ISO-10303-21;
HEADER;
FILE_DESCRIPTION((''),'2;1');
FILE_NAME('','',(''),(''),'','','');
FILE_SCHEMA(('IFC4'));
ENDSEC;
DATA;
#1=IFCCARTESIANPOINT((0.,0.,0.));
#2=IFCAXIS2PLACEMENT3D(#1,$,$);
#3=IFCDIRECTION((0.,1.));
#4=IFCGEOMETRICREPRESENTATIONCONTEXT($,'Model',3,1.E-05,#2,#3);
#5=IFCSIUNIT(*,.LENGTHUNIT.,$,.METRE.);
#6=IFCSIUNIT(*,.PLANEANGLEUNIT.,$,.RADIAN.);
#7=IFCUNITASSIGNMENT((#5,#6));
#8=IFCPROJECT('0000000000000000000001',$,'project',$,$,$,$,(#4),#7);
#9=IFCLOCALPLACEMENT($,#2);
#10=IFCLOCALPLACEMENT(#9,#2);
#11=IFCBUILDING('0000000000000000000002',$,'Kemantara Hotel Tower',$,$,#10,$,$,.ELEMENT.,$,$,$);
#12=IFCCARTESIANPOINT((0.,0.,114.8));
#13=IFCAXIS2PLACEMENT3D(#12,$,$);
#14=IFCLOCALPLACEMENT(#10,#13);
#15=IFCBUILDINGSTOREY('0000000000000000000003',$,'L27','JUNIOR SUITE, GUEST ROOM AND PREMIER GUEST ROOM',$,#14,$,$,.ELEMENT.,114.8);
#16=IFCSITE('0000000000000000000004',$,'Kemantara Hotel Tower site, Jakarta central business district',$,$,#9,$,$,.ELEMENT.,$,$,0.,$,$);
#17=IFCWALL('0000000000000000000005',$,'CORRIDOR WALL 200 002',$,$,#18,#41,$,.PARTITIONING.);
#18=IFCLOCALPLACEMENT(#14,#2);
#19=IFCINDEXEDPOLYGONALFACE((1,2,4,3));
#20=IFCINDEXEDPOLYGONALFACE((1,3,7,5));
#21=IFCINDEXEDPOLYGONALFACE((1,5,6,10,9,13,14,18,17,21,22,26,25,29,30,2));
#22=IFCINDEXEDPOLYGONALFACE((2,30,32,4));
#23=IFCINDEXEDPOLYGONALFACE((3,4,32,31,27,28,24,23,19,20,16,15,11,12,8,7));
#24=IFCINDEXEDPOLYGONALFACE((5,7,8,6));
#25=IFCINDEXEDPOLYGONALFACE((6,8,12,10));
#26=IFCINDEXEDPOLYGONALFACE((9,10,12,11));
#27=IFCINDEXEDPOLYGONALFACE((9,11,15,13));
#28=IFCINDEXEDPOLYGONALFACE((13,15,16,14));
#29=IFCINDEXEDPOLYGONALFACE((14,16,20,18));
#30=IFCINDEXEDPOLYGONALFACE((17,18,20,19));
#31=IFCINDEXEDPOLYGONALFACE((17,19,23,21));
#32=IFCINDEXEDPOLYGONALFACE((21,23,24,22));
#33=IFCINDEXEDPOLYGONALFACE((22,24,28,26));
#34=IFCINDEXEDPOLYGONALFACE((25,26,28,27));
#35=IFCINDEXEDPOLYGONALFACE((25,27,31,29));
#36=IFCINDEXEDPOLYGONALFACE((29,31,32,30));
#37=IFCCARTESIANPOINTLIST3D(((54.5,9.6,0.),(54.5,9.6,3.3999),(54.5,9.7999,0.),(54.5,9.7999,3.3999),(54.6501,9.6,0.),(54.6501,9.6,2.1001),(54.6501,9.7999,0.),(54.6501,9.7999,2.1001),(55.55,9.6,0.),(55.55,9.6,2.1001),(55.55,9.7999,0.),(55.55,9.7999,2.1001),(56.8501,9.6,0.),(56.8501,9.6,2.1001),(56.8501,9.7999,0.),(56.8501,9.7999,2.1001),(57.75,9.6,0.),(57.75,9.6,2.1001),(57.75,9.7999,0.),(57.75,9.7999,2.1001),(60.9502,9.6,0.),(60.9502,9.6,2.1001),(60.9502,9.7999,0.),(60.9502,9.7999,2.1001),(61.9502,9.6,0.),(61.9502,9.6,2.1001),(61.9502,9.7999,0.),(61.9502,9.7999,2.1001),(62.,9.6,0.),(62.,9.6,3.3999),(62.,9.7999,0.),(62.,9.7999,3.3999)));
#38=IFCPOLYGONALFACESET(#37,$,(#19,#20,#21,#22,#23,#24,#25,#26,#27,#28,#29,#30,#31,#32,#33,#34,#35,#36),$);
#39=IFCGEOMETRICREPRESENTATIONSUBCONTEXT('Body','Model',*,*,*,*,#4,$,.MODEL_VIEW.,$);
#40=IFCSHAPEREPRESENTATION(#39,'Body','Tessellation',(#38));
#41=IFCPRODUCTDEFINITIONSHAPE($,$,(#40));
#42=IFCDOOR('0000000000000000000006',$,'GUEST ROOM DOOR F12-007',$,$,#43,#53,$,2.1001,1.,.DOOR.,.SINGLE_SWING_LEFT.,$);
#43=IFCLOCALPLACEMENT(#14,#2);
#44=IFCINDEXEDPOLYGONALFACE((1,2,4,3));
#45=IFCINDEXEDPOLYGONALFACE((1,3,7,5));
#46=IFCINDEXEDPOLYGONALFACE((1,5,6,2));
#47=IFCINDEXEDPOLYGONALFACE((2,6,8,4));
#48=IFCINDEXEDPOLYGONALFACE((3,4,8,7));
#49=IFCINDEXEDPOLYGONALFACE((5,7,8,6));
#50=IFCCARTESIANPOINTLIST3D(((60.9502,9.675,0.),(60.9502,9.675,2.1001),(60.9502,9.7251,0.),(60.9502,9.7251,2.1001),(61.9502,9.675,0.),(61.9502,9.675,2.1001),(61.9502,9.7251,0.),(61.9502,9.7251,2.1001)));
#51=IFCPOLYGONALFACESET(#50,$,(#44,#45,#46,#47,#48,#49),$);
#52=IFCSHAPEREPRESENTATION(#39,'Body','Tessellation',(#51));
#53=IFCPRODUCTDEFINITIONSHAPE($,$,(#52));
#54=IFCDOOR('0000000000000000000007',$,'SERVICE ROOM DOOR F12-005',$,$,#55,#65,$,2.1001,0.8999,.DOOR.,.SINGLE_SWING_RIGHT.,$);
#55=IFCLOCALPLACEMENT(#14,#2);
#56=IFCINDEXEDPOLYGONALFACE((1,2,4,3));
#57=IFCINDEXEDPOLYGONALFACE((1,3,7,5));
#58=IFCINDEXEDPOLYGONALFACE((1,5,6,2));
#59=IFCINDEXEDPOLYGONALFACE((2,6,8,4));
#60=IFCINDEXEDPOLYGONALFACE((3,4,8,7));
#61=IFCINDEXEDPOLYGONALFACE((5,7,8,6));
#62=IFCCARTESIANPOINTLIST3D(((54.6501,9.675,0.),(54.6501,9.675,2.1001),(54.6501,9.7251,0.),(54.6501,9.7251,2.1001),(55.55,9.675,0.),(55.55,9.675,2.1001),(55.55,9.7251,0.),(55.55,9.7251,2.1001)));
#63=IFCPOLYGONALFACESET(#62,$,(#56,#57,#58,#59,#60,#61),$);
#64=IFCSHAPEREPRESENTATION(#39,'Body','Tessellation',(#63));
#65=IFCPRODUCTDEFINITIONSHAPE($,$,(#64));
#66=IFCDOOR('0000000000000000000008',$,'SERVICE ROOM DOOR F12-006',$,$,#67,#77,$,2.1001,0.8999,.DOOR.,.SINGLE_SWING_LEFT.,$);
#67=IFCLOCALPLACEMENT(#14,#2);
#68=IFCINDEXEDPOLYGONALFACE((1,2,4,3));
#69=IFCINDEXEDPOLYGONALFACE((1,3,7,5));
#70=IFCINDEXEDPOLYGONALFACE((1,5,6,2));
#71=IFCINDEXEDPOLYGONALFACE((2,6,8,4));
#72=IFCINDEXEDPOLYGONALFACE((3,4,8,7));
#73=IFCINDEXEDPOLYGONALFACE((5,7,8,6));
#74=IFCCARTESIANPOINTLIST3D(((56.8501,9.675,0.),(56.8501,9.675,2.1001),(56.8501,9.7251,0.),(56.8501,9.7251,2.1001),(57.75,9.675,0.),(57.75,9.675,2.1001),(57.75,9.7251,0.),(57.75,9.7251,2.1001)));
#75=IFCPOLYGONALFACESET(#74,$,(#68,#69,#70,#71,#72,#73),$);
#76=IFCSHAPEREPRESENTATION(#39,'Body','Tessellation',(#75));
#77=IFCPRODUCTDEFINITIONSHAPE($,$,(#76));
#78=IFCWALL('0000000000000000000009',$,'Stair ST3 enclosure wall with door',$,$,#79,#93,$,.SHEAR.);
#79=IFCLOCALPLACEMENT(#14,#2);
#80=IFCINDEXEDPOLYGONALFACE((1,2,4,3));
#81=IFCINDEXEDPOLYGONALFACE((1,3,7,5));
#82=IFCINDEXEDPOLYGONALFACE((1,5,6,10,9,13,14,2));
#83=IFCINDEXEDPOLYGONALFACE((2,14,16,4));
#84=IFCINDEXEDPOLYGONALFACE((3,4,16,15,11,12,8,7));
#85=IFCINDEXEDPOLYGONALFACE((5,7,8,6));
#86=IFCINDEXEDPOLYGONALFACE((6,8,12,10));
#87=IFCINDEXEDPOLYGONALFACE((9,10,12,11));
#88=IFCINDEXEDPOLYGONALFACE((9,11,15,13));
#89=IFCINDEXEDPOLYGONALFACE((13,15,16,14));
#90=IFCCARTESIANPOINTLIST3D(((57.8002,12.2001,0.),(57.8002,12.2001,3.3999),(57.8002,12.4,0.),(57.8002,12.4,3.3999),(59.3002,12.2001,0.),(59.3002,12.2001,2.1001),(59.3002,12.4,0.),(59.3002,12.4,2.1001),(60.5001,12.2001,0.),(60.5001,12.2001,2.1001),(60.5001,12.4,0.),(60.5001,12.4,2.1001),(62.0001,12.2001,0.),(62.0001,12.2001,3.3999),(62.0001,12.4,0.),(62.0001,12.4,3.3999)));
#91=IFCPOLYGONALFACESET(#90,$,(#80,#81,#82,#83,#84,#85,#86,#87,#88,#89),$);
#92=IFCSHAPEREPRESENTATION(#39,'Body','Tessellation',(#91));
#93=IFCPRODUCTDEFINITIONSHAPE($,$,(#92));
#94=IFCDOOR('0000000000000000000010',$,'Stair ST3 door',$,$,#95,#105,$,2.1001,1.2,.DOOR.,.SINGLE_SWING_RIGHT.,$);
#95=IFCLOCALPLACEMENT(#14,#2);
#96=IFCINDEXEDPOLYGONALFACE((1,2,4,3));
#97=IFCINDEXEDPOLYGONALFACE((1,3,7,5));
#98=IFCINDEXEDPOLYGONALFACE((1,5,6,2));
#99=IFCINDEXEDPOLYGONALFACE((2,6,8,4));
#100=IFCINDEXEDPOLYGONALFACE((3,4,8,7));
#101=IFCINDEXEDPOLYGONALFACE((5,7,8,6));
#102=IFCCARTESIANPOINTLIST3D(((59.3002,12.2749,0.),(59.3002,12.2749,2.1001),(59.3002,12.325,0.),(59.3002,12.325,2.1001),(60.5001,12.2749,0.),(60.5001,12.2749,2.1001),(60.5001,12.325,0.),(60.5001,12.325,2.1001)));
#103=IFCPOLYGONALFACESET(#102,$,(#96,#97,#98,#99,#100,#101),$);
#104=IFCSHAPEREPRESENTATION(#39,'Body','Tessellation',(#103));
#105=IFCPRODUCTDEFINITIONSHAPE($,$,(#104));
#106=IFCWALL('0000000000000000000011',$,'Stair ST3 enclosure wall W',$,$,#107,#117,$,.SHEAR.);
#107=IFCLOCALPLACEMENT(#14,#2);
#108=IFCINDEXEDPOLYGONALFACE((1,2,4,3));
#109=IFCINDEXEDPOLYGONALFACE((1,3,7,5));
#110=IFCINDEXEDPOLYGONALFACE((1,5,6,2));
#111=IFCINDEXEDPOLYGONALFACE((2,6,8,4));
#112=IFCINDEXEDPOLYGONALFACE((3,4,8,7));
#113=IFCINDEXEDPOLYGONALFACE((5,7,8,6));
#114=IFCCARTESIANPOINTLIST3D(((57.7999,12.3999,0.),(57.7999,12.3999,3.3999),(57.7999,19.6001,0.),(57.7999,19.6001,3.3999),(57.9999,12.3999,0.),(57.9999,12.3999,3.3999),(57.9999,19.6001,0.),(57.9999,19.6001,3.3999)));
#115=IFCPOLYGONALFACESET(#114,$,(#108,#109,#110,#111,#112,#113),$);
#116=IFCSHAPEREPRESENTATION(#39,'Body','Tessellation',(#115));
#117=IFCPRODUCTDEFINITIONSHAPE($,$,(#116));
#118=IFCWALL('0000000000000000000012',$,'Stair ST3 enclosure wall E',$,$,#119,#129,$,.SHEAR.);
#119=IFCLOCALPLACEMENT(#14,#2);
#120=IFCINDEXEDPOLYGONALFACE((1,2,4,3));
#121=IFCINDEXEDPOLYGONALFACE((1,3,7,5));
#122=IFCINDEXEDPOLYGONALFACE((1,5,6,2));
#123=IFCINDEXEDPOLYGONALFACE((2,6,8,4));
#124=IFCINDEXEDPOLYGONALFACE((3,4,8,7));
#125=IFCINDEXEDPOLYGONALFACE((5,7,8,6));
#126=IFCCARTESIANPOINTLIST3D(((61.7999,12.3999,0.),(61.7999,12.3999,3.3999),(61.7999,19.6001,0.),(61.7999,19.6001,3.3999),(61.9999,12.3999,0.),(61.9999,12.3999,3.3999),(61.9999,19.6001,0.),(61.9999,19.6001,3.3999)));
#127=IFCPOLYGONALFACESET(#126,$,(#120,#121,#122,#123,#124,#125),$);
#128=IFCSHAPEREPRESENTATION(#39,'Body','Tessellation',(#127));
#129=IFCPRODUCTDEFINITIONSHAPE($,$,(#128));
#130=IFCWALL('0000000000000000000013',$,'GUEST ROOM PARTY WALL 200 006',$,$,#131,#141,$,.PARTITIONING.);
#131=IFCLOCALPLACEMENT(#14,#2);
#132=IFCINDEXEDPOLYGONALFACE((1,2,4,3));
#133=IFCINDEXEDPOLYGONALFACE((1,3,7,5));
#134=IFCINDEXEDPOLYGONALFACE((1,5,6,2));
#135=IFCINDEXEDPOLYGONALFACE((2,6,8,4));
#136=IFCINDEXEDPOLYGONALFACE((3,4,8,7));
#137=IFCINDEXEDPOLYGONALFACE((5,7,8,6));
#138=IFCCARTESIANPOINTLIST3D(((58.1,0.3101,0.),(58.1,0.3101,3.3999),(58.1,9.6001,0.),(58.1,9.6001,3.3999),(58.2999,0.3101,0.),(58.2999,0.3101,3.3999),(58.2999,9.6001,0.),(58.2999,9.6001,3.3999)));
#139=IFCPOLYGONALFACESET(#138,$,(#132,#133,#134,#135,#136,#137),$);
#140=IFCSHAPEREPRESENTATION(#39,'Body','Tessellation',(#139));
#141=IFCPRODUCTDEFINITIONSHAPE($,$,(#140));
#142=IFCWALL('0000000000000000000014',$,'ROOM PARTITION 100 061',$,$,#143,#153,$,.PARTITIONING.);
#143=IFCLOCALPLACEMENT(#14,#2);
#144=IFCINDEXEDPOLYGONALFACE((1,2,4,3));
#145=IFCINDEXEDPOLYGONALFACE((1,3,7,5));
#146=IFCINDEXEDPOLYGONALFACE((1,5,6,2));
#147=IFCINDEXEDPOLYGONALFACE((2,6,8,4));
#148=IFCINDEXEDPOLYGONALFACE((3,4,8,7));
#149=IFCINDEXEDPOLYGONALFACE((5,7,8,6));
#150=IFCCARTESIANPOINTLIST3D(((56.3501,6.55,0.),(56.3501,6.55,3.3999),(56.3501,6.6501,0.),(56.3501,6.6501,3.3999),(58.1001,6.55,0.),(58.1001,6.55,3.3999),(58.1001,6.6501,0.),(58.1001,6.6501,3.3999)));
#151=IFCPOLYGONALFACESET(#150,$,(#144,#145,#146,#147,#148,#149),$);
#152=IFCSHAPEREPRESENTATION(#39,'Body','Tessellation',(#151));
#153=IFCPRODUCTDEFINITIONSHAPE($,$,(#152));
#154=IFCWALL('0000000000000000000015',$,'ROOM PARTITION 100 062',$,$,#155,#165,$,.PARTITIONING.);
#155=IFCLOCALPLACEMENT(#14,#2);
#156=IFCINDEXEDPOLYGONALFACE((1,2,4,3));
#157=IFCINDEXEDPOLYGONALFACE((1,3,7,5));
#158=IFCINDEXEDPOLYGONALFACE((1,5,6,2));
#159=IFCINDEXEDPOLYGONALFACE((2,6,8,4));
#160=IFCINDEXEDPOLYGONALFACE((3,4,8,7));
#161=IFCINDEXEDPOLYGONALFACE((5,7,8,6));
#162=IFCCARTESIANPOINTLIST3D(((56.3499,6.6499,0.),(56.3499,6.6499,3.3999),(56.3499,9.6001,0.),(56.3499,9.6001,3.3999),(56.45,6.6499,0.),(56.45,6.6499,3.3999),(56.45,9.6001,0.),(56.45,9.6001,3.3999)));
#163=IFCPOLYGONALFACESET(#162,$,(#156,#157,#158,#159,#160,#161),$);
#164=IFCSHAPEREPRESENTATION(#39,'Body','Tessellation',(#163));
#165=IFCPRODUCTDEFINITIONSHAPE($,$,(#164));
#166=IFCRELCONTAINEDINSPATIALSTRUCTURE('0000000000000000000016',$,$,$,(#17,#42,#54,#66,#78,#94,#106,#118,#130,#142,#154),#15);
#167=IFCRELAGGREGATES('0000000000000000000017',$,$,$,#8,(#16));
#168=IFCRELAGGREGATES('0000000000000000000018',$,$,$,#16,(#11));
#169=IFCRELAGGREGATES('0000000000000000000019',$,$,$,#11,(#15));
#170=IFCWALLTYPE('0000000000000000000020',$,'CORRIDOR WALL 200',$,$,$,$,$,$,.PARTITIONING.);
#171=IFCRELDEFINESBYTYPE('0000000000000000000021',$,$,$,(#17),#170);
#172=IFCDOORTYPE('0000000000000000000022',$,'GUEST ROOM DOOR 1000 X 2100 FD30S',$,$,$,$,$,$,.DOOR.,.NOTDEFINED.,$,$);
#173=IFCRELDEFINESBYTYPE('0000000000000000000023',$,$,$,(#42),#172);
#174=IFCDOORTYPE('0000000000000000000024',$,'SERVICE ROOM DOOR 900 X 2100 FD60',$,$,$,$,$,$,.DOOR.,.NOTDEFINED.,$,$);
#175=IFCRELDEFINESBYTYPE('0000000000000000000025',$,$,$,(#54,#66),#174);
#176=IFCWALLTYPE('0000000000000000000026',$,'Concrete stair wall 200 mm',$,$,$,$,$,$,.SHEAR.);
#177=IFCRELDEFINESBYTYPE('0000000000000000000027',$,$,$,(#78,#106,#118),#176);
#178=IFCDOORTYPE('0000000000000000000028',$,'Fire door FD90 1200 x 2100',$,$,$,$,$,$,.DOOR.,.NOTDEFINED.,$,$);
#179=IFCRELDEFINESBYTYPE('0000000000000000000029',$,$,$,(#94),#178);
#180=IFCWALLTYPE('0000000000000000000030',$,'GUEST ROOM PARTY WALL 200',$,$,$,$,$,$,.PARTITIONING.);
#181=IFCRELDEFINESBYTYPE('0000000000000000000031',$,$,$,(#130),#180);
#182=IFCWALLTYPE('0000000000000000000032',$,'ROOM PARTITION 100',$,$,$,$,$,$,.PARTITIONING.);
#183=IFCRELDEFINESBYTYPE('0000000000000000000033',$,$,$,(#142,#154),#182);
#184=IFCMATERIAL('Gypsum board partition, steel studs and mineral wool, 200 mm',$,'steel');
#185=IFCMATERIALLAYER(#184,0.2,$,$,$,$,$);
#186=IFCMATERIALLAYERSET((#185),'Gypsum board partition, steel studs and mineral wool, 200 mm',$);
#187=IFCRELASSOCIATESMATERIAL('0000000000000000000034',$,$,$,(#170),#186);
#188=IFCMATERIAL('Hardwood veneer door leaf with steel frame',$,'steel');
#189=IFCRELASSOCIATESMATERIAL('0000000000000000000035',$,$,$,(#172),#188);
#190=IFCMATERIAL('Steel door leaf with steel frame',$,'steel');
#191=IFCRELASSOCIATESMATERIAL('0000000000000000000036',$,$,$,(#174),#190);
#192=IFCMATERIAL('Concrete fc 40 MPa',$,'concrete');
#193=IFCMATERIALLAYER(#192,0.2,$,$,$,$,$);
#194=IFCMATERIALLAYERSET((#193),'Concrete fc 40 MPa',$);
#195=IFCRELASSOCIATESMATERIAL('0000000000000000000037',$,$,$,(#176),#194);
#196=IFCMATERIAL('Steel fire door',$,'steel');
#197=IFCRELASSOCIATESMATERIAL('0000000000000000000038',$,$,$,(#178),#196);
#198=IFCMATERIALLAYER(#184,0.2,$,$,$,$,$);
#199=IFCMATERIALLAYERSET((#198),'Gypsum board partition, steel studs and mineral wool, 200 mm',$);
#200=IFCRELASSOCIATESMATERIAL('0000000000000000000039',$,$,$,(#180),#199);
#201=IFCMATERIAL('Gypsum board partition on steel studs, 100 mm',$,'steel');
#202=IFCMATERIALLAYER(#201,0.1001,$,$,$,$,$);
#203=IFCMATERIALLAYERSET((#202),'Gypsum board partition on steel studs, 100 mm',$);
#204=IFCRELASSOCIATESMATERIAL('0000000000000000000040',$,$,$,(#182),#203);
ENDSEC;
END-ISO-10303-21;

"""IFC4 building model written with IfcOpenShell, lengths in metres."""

from ifc_helpers import new_model, si_unit, direction, frame, frame_2d, origin, place, context, subcontext, project, spatial, rectangle, extrude, material, layer, layer_set, type_object, element, fill, save


model = new_model("IFC4")

# Units and contexts
model_context = context("Model", 3, precision=1e-05, world=origin(), true_north=direction((0.0, 1.0)))
body_context = subcontext(model_context, "Body", "Model", "MODEL_VIEW")
ifc_project = project(units=[si_unit("LENGTHUNIT", "METRE"), si_unit("PLANEANGLEUNIT", "RADIAN")], contexts=[model_context])

# Site, building, storey
site_placement = place(None, origin())
site = spatial("IfcSite", under=ifc_project, at=site_placement, Name="Kemantara Hotel Tower site, Jakarta central business district", CompositionType="ELEMENT", RefElevation=0.0)
building_placement = place(site_placement, origin())
building = spatial("IfcBuilding", under=site, at=building_placement, Name="Kemantara Hotel Tower", CompositionType="ELEMENT")
storey_placement = place(building_placement, frame((0.0, 0.0, 114.8)))
storey = spatial("IfcBuildingStorey", under=building, at=storey_placement, Name="L27", Description="JUNIOR SUITE, GUEST ROOM AND PREMIER GUEST ROOM", CompositionType="ELEMENT", Elevation=114.8)

# Wall, openings, doors
ifc_material_1 = material(Name="Gypsum board partition, steel studs and mineral wool, 200 mm", Category="steel")
ifc_layer_1 = layer(ifc_material_1, 0.2)
ifc_layer_set_1 = layer_set([ifc_layer_1], Name="Gypsum board partition, steel studs and mineral wool, 200 mm")
wall_type_1 = type_object("IfcWallType", Name="CORRIDOR WALL 200", PredefinedType="PARTITIONING", material=ifc_layer_set_1)
wall_1_placement = place(storey_placement, frame((62.0, 9.7, 0.0), z_axis=(0.0, 0.0, 1.0), x_axis=(-1.0, 0.0, 0.0)))
wall_1 = element("IfcWall", 1, at=wall_1_placement, inside=storey, type_object=wall_type_1, Name="CORRIDOR WALL 200 002", PredefinedType="PARTITIONING", context=body_context, shape_type="SweptSolid", body=[
    extrude(rectangle(XDim=7.5, YDim=0.2, at=frame_2d((3.75, 0.0))), origin(), (0.0, 0.0, 1.0), 3.3999),
])
opening_1_placement = place(wall_1_placement, frame((6.45, 0.0, 0.0)))
opening_1 = element("IfcOpeningElement", 2, at=opening_1_placement, cuts=wall_1, PredefinedType="OPENING", context=body_context, shape_type="SweptSolid", body=[
    extrude(rectangle(XDim=0.8999, YDim=2.1001, at=frame_2d((0.45, 1.05))), frame((0.0, 0.1099, 0.0), z_axis=(0.0, -1.0, 0.0), x_axis=(1.0, 0.0, 0.0)), (0.0, 0.0, 1.0), 0.22),
])
opening_2_placement = place(wall_1_placement, frame((4.25, 0.0, 0.0)))
opening_2 = element("IfcOpeningElement", 3, at=opening_2_placement, cuts=wall_1, PredefinedType="OPENING", context=body_context, shape_type="SweptSolid", body=[
    extrude(rectangle(XDim=0.8999, YDim=2.1001, at=frame_2d((0.45, 1.05))), frame((0.0, 0.1099, 0.0), z_axis=(0.0, -1.0, 0.0), x_axis=(1.0, 0.0, 0.0)), (0.0, 0.0, 1.0), 0.22),
])
opening_3_placement = place(wall_1_placement, frame((0.0498, 0.0, 0.0)))
opening_3 = element("IfcOpeningElement", 4, at=opening_3_placement, cuts=wall_1, PredefinedType="OPENING", context=body_context, shape_type="SweptSolid", body=[
    extrude(rectangle(XDim=1.0, YDim=2.1001, at=frame_2d((0.5, 1.05))), frame((0.0, 0.1099, 0.0), z_axis=(0.0, -1.0, 0.0), x_axis=(1.0, 0.0, 0.0)), (0.0, 0.0, 1.0), 0.22),
])
ifc_material_2 = material(Name="Hardwood veneer door leaf with steel frame", Category="steel")
door_type_1 = type_object("IfcDoorType", Name="GUEST ROOM DOOR 1000 X 2100 FD30S", OperationType="NOTDEFINED", PredefinedType="DOOR", material=ifc_material_2)
door_1_placement = place(opening_3_placement, origin())
door_1 = element("IfcDoor", 5, at=door_1_placement, inside=storey, type_object=door_type_1, Name="GUEST ROOM DOOR F12-007", OperationType="SINGLE_SWING_LEFT", OverallHeight=2.1001, OverallWidth=1.0, PredefinedType="DOOR", context=body_context, shape_type="SweptSolid", body=[
    extrude(rectangle(XDim=1.0, YDim=2.1001, at=frame_2d((0.5, 1.05))), frame((0.0, 0.0249, 0.0), z_axis=(0.0, -1.0, 0.0), x_axis=(1.0, 0.0, 0.0)), (0.0, 0.0, 1.0), 0.05),
])
fill(opening_3, door_1)
ifc_material_3 = material(Name="Steel door leaf with steel frame", Category="steel")
door_type_2 = type_object("IfcDoorType", Name="SERVICE ROOM DOOR 900 X 2100 FD60", OperationType="NOTDEFINED", PredefinedType="DOOR", material=ifc_material_3)
door_2_placement = place(opening_1_placement, origin())
door_2 = element("IfcDoor", 6, at=door_2_placement, inside=storey, type_object=door_type_2, Name="SERVICE ROOM DOOR F12-005", OperationType="SINGLE_SWING_RIGHT", OverallHeight=2.1001, OverallWidth=0.8999, PredefinedType="DOOR", context=body_context, shape_type="SweptSolid", body=[
    extrude(rectangle(XDim=0.8999, YDim=2.1001, at=frame_2d((0.45, 1.05))), frame((0.0, 0.0249, 0.0), z_axis=(0.0, -1.0, 0.0), x_axis=(1.0, 0.0, 0.0)), (0.0, 0.0, 1.0), 0.05),
])
fill(opening_1, door_2)
door_3_placement = place(opening_2_placement, origin())
door_3 = element("IfcDoor", 7, at=door_3_placement, inside=storey, type_object=door_type_2, Name="SERVICE ROOM DOOR F12-006", OperationType="SINGLE_SWING_LEFT", OverallHeight=2.1001, OverallWidth=0.8999, PredefinedType="DOOR", context=body_context, shape_type="SweptSolid", body=[
    extrude(rectangle(XDim=0.8999, YDim=2.1001, at=frame_2d((0.45, 1.05))), frame((0.0, 0.0249, 0.0), z_axis=(0.0, -1.0, 0.0), x_axis=(1.0, 0.0, 0.0)), (0.0, 0.0, 1.0), 0.05),
])
fill(opening_2, door_3)

# Wall, opening, door
ifc_material_4 = material(Name="Concrete fc 40 MPa", Category="concrete")
ifc_layer_2 = layer(ifc_material_4, 0.2)
ifc_layer_set_2 = layer_set([ifc_layer_2], Name="Concrete fc 40 MPa")
wall_type_2 = type_object("IfcWallType", Name="Concrete stair wall 200 mm", PredefinedType="SHEAR", material=ifc_layer_set_2)
wall_2_placement = place(storey_placement, frame((57.8, 12.3, 0.0), z_axis=(0.0, 0.0, 1.0), x_axis=(1.0, 0.0, 0.0)))
wall_2 = element("IfcWall", 8, at=wall_2_placement, inside=storey, type_object=wall_type_2, Name="Stair ST3 enclosure wall with door", PredefinedType="SHEAR", context=body_context, shape_type="SweptSolid", body=[
    extrude(rectangle(XDim=4.2, YDim=0.2, at=frame_2d((2.1001, 0.0))), origin(), (0.0, 0.0, 1.0), 3.3999),
])
opening_4_placement = place(wall_2_placement, frame((1.5, 0.0, 0.0)))
opening_4 = element("IfcOpeningElement", 9, at=opening_4_placement, cuts=wall_2, PredefinedType="OPENING", context=body_context, shape_type="SweptSolid", body=[
    extrude(rectangle(XDim=1.2, YDim=2.1001, at=frame_2d((0.6001, 1.05))), frame((0.0, 0.1099, 0.0), z_axis=(0.0, -1.0, 0.0), x_axis=(1.0, 0.0, 0.0)), (0.0, 0.0, 1.0), 0.22),
])
ifc_material_5 = material(Name="Steel fire door", Category="steel")
door_type_3 = type_object("IfcDoorType", Name="Fire door FD90 1200 x 2100", OperationType="NOTDEFINED", PredefinedType="DOOR", material=ifc_material_5)
door_4_placement = place(opening_4_placement, origin())
door_4 = element("IfcDoor", 10, at=door_4_placement, inside=storey, type_object=door_type_3, Name="Stair ST3 door", OperationType="SINGLE_SWING_RIGHT", OverallHeight=2.1001, OverallWidth=1.2, PredefinedType="DOOR", context=body_context, shape_type="SweptSolid", body=[
    extrude(rectangle(XDim=1.2, YDim=2.1001, at=frame_2d((0.6001, 1.05))), frame((0.0, 0.0249, 0.0), z_axis=(0.0, -1.0, 0.0), x_axis=(1.0, 0.0, 0.0)), (0.0, 0.0, 1.0), 0.05),
])
fill(opening_4, door_4)

# Walls
for number, where, z_axis, x_axis, name in (
    (11, (57.8999, 12.3999, 0.0), (0.0, 0.0, 1.0), (0.0, 1.0, 0.0), "Stair ST3 enclosure wall W"),
    (12, (61.8999, 12.3999, 0.0), (0.0, 0.0, 1.0), (0.0, 1.0, 0.0), "Stair ST3 enclosure wall E"),
):
    element("IfcWall", number, at=place(storey_placement, frame(where, z_axis=z_axis, x_axis=x_axis)), inside=storey, type_object=wall_type_2, Name=name, PredefinedType="SHEAR", context=body_context, shape_type="SweptSolid", body=[
        extrude(rectangle(XDim=7.2002, YDim=0.2, at=frame_2d((3.6001, 0.0))), origin(), (0.0, 0.0, 1.0), 3.3999),
    ])
ifc_layer_3 = layer(ifc_material_1, 0.2)
ifc_layer_set_3 = layer_set([ifc_layer_3], Name="Gypsum board partition, steel studs and mineral wool, 200 mm")
wall_type_3 = type_object("IfcWallType", Name="GUEST ROOM PARTY WALL 200", PredefinedType="PARTITIONING", material=ifc_layer_set_3)
wall_3_placement = place(storey_placement, frame((58.2, 0.3101, 0.0), z_axis=(0.0, 0.0, 1.0), x_axis=(0.0, 1.0, 0.0)))
element("IfcWall", 13, at=wall_3_placement, inside=storey, type_object=wall_type_3, Name="GUEST ROOM PARTY WALL 200 006", PredefinedType="PARTITIONING", context=body_context, shape_type="SweptSolid", body=[
    extrude(rectangle(XDim=9.29, YDim=0.2, at=frame_2d((4.645, 0.0))), origin(), (0.0, 0.0, 1.0), 3.3999),
])
ifc_material_6 = material(Name="Gypsum board partition on steel studs, 100 mm", Category="steel")
ifc_layer_4 = layer(ifc_material_6, 0.1001)
ifc_layer_set_4 = layer_set([ifc_layer_4], Name="Gypsum board partition on steel studs, 100 mm")
wall_type_4 = type_object("IfcWallType", Name="ROOM PARTITION 100", PredefinedType="PARTITIONING", material=ifc_layer_set_4)
wall_4_placement = place(storey_placement, frame((56.3501, 6.6001, 0.0), z_axis=(0.0, 0.0, 1.0), x_axis=(1.0, 0.0, 0.0)))
element("IfcWall", 14, at=wall_4_placement, inside=storey, type_object=wall_type_4, Name="ROOM PARTITION 100 061", PredefinedType="PARTITIONING", context=body_context, shape_type="SweptSolid", body=[
    extrude(rectangle(XDim=1.75, YDim=0.1001, at=frame_2d((0.875, 0.0))), origin(), (0.0, 0.0, 1.0), 3.3999),
])
wall_5_placement = place(storey_placement, frame((56.3999, 6.6499, 0.0), z_axis=(0.0, 0.0, 1.0), x_axis=(0.0, 1.0, 0.0)))
element("IfcWall", 15, at=wall_5_placement, inside=storey, type_object=wall_type_4, Name="ROOM PARTITION 100 062", PredefinedType="PARTITIONING", context=body_context, shape_type="SweptSolid", body=[
    extrude(rectangle(XDim=2.9502, YDim=0.1001, at=frame_2d((1.4751, 0.0))), origin(), (0.0, 0.0, 1.0), 3.3999),
])

save(model, "model.ifc")
